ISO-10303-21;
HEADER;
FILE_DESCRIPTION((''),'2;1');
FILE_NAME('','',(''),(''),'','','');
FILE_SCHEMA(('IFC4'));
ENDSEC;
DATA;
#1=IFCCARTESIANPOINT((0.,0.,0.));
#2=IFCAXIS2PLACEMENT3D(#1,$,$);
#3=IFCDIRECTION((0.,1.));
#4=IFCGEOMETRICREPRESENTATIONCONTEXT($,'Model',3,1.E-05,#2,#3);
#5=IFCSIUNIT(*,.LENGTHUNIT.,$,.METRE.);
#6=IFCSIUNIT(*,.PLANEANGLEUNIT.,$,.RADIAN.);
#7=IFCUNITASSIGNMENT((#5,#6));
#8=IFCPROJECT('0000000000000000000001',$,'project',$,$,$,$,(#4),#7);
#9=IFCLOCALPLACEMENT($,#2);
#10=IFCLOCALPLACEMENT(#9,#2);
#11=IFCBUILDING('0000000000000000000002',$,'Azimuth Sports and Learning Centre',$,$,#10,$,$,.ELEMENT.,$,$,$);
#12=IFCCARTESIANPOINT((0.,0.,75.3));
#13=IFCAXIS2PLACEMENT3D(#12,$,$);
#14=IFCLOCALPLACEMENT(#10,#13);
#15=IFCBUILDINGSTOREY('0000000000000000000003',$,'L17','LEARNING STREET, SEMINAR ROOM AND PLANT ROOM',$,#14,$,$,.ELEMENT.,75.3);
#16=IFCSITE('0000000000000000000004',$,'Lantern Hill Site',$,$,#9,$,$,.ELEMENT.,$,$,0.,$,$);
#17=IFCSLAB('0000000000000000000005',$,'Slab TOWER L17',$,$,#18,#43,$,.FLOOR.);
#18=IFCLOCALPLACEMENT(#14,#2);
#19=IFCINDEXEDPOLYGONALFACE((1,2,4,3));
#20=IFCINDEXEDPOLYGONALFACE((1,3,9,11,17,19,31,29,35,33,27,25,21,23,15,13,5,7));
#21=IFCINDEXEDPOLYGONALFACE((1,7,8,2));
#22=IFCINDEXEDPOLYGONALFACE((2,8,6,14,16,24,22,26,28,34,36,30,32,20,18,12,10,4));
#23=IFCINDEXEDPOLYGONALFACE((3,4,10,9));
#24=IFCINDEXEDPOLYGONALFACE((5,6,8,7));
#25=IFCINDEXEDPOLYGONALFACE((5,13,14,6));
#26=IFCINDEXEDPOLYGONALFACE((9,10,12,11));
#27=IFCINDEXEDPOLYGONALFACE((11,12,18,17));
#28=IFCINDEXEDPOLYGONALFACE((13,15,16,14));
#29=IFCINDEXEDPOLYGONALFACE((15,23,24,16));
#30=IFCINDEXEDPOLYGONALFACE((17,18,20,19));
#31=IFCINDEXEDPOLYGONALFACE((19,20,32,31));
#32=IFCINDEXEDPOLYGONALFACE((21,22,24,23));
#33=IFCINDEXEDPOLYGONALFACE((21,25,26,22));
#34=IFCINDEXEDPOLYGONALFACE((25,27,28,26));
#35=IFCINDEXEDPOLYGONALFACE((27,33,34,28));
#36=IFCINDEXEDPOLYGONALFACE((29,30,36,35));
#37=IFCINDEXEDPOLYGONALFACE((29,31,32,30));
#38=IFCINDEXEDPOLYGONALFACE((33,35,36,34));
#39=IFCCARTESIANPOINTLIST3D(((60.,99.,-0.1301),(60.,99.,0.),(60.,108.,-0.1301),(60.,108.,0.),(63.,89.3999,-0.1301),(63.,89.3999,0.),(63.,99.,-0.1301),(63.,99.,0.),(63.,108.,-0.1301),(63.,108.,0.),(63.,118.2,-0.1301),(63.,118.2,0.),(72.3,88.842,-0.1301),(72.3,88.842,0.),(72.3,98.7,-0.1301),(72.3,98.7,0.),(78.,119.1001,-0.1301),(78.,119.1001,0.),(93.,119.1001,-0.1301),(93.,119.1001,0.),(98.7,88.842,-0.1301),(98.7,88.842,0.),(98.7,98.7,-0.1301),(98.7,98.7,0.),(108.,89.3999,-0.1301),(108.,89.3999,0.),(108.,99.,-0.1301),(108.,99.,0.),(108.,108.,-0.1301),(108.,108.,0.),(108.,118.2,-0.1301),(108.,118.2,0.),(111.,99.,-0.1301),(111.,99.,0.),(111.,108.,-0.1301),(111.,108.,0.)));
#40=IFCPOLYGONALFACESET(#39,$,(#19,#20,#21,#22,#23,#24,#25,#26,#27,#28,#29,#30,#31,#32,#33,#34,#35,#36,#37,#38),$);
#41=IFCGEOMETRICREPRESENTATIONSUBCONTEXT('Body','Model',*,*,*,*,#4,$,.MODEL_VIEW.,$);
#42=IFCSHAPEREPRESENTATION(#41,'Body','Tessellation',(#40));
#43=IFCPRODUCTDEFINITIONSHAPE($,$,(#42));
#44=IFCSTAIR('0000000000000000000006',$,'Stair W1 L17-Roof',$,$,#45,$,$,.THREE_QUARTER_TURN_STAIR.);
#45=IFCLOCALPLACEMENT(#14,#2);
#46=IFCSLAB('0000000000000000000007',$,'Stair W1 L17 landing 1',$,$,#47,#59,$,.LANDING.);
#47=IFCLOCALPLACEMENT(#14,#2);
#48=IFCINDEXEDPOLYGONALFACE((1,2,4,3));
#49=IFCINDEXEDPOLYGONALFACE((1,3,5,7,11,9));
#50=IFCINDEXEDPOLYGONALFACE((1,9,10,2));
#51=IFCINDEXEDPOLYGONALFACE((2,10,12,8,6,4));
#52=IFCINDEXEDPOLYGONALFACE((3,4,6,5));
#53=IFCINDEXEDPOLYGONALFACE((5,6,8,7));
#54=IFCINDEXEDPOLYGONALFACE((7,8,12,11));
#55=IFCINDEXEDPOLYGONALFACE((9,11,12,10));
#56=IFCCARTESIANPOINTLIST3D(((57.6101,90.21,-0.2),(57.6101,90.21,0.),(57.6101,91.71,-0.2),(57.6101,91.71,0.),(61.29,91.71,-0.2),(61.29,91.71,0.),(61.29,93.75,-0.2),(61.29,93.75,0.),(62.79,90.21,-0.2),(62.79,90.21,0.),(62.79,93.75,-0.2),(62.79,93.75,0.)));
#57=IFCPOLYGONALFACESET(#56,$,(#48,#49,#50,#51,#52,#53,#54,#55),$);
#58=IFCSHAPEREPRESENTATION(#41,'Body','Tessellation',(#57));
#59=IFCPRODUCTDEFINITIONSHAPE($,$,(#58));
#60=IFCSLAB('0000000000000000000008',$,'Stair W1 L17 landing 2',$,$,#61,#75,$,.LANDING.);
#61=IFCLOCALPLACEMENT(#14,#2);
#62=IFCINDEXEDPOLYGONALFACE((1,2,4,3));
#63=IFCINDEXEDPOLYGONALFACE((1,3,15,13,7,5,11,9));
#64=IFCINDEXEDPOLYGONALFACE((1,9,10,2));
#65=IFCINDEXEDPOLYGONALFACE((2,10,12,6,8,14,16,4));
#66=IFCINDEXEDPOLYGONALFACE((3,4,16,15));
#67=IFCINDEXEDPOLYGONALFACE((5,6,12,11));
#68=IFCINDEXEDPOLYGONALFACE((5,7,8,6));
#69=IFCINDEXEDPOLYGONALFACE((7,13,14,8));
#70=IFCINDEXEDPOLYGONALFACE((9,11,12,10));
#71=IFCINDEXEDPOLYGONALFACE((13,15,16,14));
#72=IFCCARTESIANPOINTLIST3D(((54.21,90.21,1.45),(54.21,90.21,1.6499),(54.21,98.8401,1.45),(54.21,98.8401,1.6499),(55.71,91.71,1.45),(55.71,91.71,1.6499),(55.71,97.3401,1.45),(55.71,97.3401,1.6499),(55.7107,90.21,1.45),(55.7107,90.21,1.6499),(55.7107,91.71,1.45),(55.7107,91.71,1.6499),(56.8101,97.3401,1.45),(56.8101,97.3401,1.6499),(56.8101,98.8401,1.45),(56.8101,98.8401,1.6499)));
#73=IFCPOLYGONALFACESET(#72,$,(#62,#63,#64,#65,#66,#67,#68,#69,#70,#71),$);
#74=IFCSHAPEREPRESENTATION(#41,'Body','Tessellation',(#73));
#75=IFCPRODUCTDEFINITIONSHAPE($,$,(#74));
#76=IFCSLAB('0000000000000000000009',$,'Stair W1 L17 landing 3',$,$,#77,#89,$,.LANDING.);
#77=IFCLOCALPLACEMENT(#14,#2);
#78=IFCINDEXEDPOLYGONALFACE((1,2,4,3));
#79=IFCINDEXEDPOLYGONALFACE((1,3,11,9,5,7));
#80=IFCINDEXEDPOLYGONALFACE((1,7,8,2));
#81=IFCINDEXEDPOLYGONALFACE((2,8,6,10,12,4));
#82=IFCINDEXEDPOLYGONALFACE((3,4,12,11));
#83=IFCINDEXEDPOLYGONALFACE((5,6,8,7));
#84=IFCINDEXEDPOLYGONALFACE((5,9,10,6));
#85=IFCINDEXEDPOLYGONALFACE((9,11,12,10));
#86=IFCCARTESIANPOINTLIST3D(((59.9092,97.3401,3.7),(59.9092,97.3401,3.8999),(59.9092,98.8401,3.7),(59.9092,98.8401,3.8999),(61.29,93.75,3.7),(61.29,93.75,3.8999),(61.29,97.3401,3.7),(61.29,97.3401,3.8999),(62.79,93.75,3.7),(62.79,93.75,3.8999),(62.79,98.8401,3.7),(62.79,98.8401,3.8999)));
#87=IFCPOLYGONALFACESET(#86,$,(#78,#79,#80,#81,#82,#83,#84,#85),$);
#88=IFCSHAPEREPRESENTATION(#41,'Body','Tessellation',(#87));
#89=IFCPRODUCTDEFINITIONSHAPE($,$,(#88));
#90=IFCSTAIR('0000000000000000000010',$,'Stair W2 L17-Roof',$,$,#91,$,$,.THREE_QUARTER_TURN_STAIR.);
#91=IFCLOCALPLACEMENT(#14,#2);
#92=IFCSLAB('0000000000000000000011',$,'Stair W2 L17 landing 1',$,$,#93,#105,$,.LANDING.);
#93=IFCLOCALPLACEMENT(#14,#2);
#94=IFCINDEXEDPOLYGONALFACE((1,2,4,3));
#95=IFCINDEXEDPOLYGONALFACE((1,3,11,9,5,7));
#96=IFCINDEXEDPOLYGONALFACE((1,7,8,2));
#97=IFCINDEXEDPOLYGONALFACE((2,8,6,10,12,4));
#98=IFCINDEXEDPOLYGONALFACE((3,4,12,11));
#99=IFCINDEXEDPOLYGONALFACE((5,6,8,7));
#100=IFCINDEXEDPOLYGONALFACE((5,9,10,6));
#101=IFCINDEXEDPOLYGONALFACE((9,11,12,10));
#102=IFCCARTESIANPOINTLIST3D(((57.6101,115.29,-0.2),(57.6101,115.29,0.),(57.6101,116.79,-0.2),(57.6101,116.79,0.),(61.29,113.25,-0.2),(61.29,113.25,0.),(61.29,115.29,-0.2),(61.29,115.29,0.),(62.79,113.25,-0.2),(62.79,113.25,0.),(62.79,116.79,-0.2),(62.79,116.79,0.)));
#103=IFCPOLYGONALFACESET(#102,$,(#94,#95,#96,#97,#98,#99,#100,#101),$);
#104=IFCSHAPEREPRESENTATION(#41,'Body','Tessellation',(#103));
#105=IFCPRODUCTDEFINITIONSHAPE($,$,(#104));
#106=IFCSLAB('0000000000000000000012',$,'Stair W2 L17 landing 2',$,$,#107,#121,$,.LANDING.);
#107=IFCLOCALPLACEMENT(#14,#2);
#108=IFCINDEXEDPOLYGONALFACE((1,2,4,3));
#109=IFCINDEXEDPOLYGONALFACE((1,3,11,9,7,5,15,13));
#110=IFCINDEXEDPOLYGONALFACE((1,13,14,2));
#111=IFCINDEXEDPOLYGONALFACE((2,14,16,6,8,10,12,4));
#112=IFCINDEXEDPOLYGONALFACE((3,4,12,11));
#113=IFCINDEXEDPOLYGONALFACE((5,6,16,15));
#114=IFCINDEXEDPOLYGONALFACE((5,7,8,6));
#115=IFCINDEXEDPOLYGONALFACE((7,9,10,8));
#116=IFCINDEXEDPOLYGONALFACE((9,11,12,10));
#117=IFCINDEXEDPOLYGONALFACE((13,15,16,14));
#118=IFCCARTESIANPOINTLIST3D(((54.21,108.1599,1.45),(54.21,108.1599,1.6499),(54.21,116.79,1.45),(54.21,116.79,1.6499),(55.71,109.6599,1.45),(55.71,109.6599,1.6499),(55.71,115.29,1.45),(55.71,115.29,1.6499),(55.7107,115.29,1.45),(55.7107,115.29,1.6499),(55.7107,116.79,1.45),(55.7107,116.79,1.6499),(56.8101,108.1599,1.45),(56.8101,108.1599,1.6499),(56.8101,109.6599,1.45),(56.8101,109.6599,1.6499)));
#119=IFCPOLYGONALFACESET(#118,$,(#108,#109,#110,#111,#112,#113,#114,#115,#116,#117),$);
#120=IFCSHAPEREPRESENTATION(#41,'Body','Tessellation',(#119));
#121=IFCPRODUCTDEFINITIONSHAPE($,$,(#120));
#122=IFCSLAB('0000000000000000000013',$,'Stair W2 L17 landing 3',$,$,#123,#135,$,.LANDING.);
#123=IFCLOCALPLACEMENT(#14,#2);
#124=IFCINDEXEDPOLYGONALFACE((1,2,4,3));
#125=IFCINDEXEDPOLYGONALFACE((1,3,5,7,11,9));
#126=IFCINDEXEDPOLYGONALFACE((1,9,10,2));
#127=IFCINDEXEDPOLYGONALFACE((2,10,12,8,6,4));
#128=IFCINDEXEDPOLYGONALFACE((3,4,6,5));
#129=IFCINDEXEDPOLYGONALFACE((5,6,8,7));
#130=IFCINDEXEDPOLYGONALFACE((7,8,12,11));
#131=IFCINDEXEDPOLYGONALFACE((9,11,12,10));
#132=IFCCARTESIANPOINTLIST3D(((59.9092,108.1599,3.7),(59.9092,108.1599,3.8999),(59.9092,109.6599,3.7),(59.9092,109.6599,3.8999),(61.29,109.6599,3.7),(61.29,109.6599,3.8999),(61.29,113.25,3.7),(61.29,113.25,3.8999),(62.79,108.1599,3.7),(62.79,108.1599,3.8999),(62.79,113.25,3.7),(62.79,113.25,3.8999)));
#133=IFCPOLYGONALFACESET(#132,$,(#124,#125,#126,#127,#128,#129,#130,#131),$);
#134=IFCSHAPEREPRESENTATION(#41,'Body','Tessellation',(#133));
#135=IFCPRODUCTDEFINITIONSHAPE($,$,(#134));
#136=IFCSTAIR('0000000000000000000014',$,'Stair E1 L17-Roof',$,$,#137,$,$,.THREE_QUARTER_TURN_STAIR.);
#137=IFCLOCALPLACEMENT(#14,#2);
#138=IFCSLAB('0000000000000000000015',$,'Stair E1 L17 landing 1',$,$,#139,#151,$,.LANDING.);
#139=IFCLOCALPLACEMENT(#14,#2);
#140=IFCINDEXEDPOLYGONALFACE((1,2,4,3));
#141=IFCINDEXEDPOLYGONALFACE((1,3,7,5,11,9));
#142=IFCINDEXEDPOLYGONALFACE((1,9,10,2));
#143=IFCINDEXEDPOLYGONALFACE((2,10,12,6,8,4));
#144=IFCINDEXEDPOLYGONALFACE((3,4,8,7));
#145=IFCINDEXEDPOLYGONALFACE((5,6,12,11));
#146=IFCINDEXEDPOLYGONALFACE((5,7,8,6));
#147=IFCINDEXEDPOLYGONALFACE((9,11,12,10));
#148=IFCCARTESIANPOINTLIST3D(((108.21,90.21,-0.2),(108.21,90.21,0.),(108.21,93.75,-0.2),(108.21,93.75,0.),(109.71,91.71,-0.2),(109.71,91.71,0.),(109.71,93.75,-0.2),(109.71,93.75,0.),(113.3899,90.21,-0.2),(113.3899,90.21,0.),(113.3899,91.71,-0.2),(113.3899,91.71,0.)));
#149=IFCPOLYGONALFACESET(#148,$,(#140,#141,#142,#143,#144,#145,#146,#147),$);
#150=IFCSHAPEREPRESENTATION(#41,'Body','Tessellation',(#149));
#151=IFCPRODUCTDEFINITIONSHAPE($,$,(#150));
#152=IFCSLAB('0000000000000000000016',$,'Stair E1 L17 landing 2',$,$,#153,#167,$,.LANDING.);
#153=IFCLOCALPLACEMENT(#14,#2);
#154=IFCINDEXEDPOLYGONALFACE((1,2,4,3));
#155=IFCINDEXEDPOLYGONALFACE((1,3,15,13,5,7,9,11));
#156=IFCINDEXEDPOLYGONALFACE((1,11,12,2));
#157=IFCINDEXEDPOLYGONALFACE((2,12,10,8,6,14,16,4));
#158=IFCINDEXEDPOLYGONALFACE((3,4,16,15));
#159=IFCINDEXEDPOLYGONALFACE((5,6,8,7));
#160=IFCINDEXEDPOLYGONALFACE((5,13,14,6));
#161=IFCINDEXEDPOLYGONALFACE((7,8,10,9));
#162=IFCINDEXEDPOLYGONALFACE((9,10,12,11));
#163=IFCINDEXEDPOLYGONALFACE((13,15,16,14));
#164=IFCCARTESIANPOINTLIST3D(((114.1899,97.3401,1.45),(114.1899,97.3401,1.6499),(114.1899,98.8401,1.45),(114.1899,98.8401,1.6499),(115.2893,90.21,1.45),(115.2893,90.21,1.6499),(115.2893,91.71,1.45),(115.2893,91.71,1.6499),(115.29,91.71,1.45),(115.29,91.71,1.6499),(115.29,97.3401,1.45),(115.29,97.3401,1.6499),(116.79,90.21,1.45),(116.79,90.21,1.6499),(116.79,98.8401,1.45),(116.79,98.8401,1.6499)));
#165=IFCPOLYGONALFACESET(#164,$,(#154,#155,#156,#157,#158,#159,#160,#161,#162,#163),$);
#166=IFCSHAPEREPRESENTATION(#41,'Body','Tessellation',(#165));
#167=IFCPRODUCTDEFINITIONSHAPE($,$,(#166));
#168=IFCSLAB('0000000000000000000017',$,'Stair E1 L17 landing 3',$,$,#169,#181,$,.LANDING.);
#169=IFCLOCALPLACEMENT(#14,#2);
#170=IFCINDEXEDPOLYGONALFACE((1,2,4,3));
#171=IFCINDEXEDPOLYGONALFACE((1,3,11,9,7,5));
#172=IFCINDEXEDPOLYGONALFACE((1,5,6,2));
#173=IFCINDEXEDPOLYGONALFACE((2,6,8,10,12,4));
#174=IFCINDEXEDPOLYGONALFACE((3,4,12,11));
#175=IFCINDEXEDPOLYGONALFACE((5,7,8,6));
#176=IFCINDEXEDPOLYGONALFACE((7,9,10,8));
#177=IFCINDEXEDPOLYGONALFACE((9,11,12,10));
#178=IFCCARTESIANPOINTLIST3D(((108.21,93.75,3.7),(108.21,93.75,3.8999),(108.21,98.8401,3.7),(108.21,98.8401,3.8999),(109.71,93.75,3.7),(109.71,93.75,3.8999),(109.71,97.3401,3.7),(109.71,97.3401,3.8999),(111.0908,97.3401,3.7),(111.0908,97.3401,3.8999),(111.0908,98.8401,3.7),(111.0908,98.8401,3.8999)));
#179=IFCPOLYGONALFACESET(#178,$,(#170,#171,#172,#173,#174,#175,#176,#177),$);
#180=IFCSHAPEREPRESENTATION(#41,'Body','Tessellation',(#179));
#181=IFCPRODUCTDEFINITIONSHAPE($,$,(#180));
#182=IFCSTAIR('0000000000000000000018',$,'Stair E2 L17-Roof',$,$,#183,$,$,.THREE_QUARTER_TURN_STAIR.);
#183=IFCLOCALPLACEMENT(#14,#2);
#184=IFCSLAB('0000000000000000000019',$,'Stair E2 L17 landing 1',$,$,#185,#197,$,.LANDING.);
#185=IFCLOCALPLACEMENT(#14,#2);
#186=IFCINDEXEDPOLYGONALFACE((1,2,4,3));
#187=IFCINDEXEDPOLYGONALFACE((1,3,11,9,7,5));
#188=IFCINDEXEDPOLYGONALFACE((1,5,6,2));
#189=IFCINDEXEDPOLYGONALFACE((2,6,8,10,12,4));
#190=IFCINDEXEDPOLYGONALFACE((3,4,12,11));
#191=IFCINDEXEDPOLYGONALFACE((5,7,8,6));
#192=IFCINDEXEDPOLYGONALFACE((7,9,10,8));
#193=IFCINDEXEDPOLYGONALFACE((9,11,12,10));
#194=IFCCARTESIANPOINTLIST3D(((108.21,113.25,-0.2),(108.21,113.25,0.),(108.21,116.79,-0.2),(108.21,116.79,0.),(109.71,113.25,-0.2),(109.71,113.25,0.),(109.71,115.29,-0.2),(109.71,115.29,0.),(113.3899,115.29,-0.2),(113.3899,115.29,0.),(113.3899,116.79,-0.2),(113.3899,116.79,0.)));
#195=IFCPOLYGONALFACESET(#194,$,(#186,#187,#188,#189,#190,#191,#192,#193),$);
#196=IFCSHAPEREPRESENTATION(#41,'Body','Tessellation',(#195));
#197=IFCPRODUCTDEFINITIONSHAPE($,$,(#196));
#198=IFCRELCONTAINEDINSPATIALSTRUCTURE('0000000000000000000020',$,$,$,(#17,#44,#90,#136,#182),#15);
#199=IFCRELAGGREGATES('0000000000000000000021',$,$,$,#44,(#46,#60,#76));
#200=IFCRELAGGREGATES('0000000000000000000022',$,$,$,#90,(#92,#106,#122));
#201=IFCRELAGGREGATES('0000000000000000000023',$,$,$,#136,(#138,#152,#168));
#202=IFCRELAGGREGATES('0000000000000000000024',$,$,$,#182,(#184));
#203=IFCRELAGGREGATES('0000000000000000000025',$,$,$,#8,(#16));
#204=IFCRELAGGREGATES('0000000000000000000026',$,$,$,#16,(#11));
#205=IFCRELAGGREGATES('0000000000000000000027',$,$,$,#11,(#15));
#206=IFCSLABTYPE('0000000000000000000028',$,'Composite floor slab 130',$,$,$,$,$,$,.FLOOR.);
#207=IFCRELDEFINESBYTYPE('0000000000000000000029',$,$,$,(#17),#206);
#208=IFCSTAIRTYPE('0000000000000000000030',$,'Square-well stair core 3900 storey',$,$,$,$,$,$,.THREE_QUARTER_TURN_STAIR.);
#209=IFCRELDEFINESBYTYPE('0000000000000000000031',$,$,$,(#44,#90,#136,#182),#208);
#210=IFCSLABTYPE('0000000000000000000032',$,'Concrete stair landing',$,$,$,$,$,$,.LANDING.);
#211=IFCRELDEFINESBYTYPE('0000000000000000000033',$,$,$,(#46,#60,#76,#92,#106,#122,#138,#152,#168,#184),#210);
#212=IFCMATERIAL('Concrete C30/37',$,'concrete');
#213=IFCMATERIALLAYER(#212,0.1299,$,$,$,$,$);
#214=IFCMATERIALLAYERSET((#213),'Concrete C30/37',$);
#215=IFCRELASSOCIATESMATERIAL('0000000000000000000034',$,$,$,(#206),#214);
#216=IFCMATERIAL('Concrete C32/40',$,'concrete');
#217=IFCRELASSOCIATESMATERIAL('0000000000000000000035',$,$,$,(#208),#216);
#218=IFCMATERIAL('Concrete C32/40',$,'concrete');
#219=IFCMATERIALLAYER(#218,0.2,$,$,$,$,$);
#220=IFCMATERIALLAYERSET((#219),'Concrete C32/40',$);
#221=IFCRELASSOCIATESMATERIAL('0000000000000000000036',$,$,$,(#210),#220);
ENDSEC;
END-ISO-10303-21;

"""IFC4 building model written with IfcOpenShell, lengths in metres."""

from ifc_helpers import new_model, si_unit, direction, frame, origin, place, context, subcontext, project, spatial, polyline, outline, extrude, material, layer, layer_set, type_object, element, aggregate, save


model = new_model("IFC4")

# Units and contexts
model_context = context("Model", 3, precision=1e-05, world=origin(), true_north=direction((0.0, 1.0)))
body_context = subcontext(model_context, "Body", "Model", "MODEL_VIEW")
ifc_project = project(units=[si_unit("LENGTHUNIT", "METRE"), si_unit("PLANEANGLEUNIT", "RADIAN")], contexts=[model_context])

# Site, building, storey
site_placement = place(None, origin())
site = spatial("IfcSite", under=ifc_project, at=site_placement, Name="Lantern Hill Site", CompositionType="ELEMENT", RefElevation=0.0)
building_placement = place(site_placement, origin())
building = spatial("IfcBuilding", under=site, at=building_placement, Name="Azimuth Sports and Learning Centre", CompositionType="ELEMENT")
storey_placement = place(building_placement, frame((0.0, 0.0, 75.3)))
storey = spatial("IfcBuildingStorey", under=building, at=storey_placement, Name="L17", Description="LEARNING STREET, SEMINAR ROOM AND PLANT ROOM", CompositionType="ELEMENT", Elevation=75.3)

# Slab
ifc_material_1 = material(Name="Concrete C30/37", Category="concrete")
ifc_layer_1 = layer(ifc_material_1, 0.1299)
ifc_layer_set_1 = layer_set([ifc_layer_1], Name="Concrete C30/37")
slab_type_1 = type_object("IfcSlabType", Name="Composite floor slab 130", PredefinedType="FLOOR", material=ifc_layer_set_1)
slab_1_placement = place(storey_placement, frame((0.0, 0.0, -0.1301)))
element("IfcSlab", 1, at=slab_1_placement, inside=storey, type_object=slab_type_1, Name="Slab TOWER L17", PredefinedType="FLOOR", context=body_context, shape_type="SweptSolid", body=[
    extrude(outline(polyline([(72.3, 88.842), (72.3, 98.7), (98.7, 98.7), (98.7, 88.842), (108.0, 89.3999), (108.0, 99.0), (111.0, 99.0), (111.0, 108.0), (108.0, 108.0), (108.0, 118.2), (93.0, 119.1001), (78.0, 119.1001), (63.0, 118.2), (63.0, 108.0), (60.0, 108.0), (60.0, 99.0), (63.0, 99.0), (63.0, 89.3999), (72.3, 88.842)])), origin(), (0.0, 0.0, 1.0), 0.1301),
])

# Stairs, slabs
ifc_material_2 = material(Name="Concrete C32/40", Category="concrete")
stair_type = type_object("IfcStairType", Name="Square-well stair core 3900 storey", PredefinedType="THREE_QUARTER_TURN_STAIR", material=ifc_material_2)
stair_1_placement = place(storey_placement, origin())
stair_1 = element("IfcStair", 2, at=stair_1_placement, inside=storey, type_object=stair_type, Name="Stair W1 L17-Roof", PredefinedType="THREE_QUARTER_TURN_STAIR")
ifc_material_3 = material(Name="Concrete C32/40", Category="concrete")
ifc_layer_2 = layer(ifc_material_3, 0.2)
ifc_layer_set_2 = layer_set([ifc_layer_2], Name="Concrete C32/40")
slab_type_2 = type_object("IfcSlabType", Name="Concrete stair landing", PredefinedType="LANDING", material=ifc_layer_set_2)
slab_2_placement = place(storey_placement, frame((0.0, 0.0, -0.2)))
slab_2 = element("IfcSlab", 3, at=slab_2_placement, type_object=slab_type_2, Name="Stair W1 L17 landing 1", PredefinedType="LANDING", context=body_context, shape_type="SweptSolid", body=[
    extrude(outline(polyline([(62.79, 90.21), (62.79, 93.75), (61.29, 93.75), (61.29, 91.71), (57.6101, 91.71), (57.6101, 90.21), (62.79, 90.21)])), origin(), (0.0, 0.0, 1.0), 0.2),
])
slab_3_placement = place(storey_placement, frame((0.0, 0.0, 1.45)))
slab_3 = element("IfcSlab", 4, at=slab_3_placement, type_object=slab_type_2, Name="Stair W1 L17 landing 2", PredefinedType="LANDING", context=body_context, shape_type="SweptSolid", body=[
    extrude(outline(polyline([(55.71, 91.71), (55.71, 97.3401), (56.8101, 97.3401), (56.8101, 98.8401), (54.21, 98.8401), (54.21, 90.21), (55.7107, 90.21), (55.7107, 91.71), (55.71, 91.71)])), origin(), (0.0, 0.0, 1.0), 0.2),
])
slab_4_placement = place(storey_placement, frame((0.0, 0.0, 3.7)))
slab_4 = element("IfcSlab", 5, at=slab_4_placement, type_object=slab_type_2, Name="Stair W1 L17 landing 3", PredefinedType="LANDING", context=body_context, shape_type="SweptSolid", body=[
    extrude(outline(polyline([(61.29, 97.3401), (61.29, 93.75), (62.79, 93.75), (62.79, 98.8401), (59.9092, 98.8401), (59.9092, 97.3401), (61.29, 97.3401)])), origin(), (0.0, 0.0, 1.0), 0.2),
])
aggregate(stair_1, [slab_2, slab_3, slab_4])
stair_2_placement = place(storey_placement, origin())
stair_2 = element("IfcStair", 6, at=stair_2_placement, inside=storey, type_object=stair_type, Name="Stair W2 L17-Roof", PredefinedType="THREE_QUARTER_TURN_STAIR")
slab_5_placement = place(storey_placement, frame((0.0, 0.0, -0.2)))
slab_5 = element("IfcSlab", 7, at=slab_5_placement, type_object=slab_type_2, Name="Stair W2 L17 landing 1", PredefinedType="LANDING", context=body_context, shape_type="SweptSolid", body=[
    extrude(outline(polyline([(57.6101, 115.29), (61.29, 115.29), (61.29, 113.25), (62.79, 113.25), (62.79, 116.79), (57.6101, 116.79), (57.6101, 115.29)])), origin(), (0.0, 0.0, 1.0), 0.2),
])
slab_6_placement = place(storey_placement, frame((0.0, 0.0, 1.45)))
slab_6 = element("IfcSlab", 8, at=slab_6_placement, type_object=slab_type_2, Name="Stair W2 L17 landing 2", PredefinedType="LANDING", context=body_context, shape_type="SweptSolid", body=[
    extrude(outline(polyline([(55.71, 115.29), (55.7107, 115.29), (55.7107, 116.79), (54.21, 116.79), (54.21, 108.1599), (56.8101, 108.1599), (56.8101, 109.6599), (55.71, 109.6599), (55.71, 115.29)])), origin(), (0.0, 0.0, 1.0), 0.2),
])
slab_7_placement = place(storey_placement, frame((0.0, 0.0, 3.7)))
slab_7 = element("IfcSlab", 9, at=slab_7_placement, type_object=slab_type_2, Name="Stair W2 L17 landing 3", PredefinedType="LANDING", context=body_context, shape_type="SweptSolid", body=[
    extrude(outline(polyline([(61.29, 109.6599), (59.9092, 109.6599), (59.9092, 108.1599), (62.79, 108.1599), (62.79, 113.25), (61.29, 113.25), (61.29, 109.6599)])), origin(), (0.0, 0.0, 1.0), 0.2),
])
aggregate(stair_2, [slab_5, slab_6, slab_7])
stair_3_placement = place(storey_placement, origin())
stair_3 = element("IfcStair", 10, at=stair_3_placement, inside=storey, type_object=stair_type, Name="Stair E1 L17-Roof", PredefinedType="THREE_QUARTER_TURN_STAIR")
slab_8_placement = place(storey_placement, frame((0.0, 0.0, -0.2)))
slab_8 = element("IfcSlab", 11, at=slab_8_placement, type_object=slab_type_2, Name="Stair E1 L17 landing 1", PredefinedType="LANDING", context=body_context, shape_type="SweptSolid", body=[
    extrude(outline(polyline([(113.3899, 91.71), (109.71, 91.71), (109.71, 93.75), (108.21, 93.75), (108.21, 90.21), (113.3899, 90.21), (113.3899, 91.71)])), origin(), (0.0, 0.0, 1.0), 0.2),
])
slab_9_placement = place(storey_placement, frame((0.0, 0.0, 1.45)))
slab_9 = element("IfcSlab", 12, at=slab_9_placement, type_object=slab_type_2, Name="Stair E1 L17 landing 2", PredefinedType="LANDING", context=body_context, shape_type="SweptSolid", body=[
    extrude(outline(polyline([(115.29, 91.71), (115.2893, 91.71), (115.2893, 90.21), (116.79, 90.21), (116.79, 98.8401), (114.1899, 98.8401), (114.1899, 97.3401), (115.29, 97.3401), (115.29, 91.71)])), origin(), (0.0, 0.0, 1.0), 0.2),
])
slab_10_placement = place(storey_placement, frame((0.0, 0.0, 3.7)))
slab_10 = element("IfcSlab", 13, at=slab_10_placement, type_object=slab_type_2, Name="Stair E1 L17 landing 3", PredefinedType="LANDING", context=body_context, shape_type="SweptSolid", body=[
    extrude(outline(polyline([(109.71, 97.3401), (111.0908, 97.3401), (111.0908, 98.8401), (108.21, 98.8401), (108.21, 93.75), (109.71, 93.75), (109.71, 97.3401)])), origin(), (0.0, 0.0, 1.0), 0.2),
])
aggregate(stair_3, [slab_8, slab_9, slab_10])
stair_4_placement = place(storey_placement, origin())
stair_4 = element("IfcStair", 14, at=stair_4_placement, inside=storey, type_object=stair_type, Name="Stair E2 L17-Roof", PredefinedType="THREE_QUARTER_TURN_STAIR")
slab_11_placement = place(storey_placement, frame((0.0, 0.0, -0.2)))
slab_11 = element("IfcSlab", 15, at=slab_11_placement, type_object=slab_type_2, Name="Stair E2 L17 landing 1", PredefinedType="LANDING", context=body_context, shape_type="SweptSolid", body=[
    extrude(outline(polyline([(108.21, 116.79), (108.21, 113.25), (109.71, 113.25), (109.71, 115.29), (113.3899, 115.29), (113.3899, 116.79), (108.21, 116.79)])), origin(), (0.0, 0.0, 1.0), 0.2),
])
aggregate(stair_4, [slab_11])

save(model, "model.ifc")
